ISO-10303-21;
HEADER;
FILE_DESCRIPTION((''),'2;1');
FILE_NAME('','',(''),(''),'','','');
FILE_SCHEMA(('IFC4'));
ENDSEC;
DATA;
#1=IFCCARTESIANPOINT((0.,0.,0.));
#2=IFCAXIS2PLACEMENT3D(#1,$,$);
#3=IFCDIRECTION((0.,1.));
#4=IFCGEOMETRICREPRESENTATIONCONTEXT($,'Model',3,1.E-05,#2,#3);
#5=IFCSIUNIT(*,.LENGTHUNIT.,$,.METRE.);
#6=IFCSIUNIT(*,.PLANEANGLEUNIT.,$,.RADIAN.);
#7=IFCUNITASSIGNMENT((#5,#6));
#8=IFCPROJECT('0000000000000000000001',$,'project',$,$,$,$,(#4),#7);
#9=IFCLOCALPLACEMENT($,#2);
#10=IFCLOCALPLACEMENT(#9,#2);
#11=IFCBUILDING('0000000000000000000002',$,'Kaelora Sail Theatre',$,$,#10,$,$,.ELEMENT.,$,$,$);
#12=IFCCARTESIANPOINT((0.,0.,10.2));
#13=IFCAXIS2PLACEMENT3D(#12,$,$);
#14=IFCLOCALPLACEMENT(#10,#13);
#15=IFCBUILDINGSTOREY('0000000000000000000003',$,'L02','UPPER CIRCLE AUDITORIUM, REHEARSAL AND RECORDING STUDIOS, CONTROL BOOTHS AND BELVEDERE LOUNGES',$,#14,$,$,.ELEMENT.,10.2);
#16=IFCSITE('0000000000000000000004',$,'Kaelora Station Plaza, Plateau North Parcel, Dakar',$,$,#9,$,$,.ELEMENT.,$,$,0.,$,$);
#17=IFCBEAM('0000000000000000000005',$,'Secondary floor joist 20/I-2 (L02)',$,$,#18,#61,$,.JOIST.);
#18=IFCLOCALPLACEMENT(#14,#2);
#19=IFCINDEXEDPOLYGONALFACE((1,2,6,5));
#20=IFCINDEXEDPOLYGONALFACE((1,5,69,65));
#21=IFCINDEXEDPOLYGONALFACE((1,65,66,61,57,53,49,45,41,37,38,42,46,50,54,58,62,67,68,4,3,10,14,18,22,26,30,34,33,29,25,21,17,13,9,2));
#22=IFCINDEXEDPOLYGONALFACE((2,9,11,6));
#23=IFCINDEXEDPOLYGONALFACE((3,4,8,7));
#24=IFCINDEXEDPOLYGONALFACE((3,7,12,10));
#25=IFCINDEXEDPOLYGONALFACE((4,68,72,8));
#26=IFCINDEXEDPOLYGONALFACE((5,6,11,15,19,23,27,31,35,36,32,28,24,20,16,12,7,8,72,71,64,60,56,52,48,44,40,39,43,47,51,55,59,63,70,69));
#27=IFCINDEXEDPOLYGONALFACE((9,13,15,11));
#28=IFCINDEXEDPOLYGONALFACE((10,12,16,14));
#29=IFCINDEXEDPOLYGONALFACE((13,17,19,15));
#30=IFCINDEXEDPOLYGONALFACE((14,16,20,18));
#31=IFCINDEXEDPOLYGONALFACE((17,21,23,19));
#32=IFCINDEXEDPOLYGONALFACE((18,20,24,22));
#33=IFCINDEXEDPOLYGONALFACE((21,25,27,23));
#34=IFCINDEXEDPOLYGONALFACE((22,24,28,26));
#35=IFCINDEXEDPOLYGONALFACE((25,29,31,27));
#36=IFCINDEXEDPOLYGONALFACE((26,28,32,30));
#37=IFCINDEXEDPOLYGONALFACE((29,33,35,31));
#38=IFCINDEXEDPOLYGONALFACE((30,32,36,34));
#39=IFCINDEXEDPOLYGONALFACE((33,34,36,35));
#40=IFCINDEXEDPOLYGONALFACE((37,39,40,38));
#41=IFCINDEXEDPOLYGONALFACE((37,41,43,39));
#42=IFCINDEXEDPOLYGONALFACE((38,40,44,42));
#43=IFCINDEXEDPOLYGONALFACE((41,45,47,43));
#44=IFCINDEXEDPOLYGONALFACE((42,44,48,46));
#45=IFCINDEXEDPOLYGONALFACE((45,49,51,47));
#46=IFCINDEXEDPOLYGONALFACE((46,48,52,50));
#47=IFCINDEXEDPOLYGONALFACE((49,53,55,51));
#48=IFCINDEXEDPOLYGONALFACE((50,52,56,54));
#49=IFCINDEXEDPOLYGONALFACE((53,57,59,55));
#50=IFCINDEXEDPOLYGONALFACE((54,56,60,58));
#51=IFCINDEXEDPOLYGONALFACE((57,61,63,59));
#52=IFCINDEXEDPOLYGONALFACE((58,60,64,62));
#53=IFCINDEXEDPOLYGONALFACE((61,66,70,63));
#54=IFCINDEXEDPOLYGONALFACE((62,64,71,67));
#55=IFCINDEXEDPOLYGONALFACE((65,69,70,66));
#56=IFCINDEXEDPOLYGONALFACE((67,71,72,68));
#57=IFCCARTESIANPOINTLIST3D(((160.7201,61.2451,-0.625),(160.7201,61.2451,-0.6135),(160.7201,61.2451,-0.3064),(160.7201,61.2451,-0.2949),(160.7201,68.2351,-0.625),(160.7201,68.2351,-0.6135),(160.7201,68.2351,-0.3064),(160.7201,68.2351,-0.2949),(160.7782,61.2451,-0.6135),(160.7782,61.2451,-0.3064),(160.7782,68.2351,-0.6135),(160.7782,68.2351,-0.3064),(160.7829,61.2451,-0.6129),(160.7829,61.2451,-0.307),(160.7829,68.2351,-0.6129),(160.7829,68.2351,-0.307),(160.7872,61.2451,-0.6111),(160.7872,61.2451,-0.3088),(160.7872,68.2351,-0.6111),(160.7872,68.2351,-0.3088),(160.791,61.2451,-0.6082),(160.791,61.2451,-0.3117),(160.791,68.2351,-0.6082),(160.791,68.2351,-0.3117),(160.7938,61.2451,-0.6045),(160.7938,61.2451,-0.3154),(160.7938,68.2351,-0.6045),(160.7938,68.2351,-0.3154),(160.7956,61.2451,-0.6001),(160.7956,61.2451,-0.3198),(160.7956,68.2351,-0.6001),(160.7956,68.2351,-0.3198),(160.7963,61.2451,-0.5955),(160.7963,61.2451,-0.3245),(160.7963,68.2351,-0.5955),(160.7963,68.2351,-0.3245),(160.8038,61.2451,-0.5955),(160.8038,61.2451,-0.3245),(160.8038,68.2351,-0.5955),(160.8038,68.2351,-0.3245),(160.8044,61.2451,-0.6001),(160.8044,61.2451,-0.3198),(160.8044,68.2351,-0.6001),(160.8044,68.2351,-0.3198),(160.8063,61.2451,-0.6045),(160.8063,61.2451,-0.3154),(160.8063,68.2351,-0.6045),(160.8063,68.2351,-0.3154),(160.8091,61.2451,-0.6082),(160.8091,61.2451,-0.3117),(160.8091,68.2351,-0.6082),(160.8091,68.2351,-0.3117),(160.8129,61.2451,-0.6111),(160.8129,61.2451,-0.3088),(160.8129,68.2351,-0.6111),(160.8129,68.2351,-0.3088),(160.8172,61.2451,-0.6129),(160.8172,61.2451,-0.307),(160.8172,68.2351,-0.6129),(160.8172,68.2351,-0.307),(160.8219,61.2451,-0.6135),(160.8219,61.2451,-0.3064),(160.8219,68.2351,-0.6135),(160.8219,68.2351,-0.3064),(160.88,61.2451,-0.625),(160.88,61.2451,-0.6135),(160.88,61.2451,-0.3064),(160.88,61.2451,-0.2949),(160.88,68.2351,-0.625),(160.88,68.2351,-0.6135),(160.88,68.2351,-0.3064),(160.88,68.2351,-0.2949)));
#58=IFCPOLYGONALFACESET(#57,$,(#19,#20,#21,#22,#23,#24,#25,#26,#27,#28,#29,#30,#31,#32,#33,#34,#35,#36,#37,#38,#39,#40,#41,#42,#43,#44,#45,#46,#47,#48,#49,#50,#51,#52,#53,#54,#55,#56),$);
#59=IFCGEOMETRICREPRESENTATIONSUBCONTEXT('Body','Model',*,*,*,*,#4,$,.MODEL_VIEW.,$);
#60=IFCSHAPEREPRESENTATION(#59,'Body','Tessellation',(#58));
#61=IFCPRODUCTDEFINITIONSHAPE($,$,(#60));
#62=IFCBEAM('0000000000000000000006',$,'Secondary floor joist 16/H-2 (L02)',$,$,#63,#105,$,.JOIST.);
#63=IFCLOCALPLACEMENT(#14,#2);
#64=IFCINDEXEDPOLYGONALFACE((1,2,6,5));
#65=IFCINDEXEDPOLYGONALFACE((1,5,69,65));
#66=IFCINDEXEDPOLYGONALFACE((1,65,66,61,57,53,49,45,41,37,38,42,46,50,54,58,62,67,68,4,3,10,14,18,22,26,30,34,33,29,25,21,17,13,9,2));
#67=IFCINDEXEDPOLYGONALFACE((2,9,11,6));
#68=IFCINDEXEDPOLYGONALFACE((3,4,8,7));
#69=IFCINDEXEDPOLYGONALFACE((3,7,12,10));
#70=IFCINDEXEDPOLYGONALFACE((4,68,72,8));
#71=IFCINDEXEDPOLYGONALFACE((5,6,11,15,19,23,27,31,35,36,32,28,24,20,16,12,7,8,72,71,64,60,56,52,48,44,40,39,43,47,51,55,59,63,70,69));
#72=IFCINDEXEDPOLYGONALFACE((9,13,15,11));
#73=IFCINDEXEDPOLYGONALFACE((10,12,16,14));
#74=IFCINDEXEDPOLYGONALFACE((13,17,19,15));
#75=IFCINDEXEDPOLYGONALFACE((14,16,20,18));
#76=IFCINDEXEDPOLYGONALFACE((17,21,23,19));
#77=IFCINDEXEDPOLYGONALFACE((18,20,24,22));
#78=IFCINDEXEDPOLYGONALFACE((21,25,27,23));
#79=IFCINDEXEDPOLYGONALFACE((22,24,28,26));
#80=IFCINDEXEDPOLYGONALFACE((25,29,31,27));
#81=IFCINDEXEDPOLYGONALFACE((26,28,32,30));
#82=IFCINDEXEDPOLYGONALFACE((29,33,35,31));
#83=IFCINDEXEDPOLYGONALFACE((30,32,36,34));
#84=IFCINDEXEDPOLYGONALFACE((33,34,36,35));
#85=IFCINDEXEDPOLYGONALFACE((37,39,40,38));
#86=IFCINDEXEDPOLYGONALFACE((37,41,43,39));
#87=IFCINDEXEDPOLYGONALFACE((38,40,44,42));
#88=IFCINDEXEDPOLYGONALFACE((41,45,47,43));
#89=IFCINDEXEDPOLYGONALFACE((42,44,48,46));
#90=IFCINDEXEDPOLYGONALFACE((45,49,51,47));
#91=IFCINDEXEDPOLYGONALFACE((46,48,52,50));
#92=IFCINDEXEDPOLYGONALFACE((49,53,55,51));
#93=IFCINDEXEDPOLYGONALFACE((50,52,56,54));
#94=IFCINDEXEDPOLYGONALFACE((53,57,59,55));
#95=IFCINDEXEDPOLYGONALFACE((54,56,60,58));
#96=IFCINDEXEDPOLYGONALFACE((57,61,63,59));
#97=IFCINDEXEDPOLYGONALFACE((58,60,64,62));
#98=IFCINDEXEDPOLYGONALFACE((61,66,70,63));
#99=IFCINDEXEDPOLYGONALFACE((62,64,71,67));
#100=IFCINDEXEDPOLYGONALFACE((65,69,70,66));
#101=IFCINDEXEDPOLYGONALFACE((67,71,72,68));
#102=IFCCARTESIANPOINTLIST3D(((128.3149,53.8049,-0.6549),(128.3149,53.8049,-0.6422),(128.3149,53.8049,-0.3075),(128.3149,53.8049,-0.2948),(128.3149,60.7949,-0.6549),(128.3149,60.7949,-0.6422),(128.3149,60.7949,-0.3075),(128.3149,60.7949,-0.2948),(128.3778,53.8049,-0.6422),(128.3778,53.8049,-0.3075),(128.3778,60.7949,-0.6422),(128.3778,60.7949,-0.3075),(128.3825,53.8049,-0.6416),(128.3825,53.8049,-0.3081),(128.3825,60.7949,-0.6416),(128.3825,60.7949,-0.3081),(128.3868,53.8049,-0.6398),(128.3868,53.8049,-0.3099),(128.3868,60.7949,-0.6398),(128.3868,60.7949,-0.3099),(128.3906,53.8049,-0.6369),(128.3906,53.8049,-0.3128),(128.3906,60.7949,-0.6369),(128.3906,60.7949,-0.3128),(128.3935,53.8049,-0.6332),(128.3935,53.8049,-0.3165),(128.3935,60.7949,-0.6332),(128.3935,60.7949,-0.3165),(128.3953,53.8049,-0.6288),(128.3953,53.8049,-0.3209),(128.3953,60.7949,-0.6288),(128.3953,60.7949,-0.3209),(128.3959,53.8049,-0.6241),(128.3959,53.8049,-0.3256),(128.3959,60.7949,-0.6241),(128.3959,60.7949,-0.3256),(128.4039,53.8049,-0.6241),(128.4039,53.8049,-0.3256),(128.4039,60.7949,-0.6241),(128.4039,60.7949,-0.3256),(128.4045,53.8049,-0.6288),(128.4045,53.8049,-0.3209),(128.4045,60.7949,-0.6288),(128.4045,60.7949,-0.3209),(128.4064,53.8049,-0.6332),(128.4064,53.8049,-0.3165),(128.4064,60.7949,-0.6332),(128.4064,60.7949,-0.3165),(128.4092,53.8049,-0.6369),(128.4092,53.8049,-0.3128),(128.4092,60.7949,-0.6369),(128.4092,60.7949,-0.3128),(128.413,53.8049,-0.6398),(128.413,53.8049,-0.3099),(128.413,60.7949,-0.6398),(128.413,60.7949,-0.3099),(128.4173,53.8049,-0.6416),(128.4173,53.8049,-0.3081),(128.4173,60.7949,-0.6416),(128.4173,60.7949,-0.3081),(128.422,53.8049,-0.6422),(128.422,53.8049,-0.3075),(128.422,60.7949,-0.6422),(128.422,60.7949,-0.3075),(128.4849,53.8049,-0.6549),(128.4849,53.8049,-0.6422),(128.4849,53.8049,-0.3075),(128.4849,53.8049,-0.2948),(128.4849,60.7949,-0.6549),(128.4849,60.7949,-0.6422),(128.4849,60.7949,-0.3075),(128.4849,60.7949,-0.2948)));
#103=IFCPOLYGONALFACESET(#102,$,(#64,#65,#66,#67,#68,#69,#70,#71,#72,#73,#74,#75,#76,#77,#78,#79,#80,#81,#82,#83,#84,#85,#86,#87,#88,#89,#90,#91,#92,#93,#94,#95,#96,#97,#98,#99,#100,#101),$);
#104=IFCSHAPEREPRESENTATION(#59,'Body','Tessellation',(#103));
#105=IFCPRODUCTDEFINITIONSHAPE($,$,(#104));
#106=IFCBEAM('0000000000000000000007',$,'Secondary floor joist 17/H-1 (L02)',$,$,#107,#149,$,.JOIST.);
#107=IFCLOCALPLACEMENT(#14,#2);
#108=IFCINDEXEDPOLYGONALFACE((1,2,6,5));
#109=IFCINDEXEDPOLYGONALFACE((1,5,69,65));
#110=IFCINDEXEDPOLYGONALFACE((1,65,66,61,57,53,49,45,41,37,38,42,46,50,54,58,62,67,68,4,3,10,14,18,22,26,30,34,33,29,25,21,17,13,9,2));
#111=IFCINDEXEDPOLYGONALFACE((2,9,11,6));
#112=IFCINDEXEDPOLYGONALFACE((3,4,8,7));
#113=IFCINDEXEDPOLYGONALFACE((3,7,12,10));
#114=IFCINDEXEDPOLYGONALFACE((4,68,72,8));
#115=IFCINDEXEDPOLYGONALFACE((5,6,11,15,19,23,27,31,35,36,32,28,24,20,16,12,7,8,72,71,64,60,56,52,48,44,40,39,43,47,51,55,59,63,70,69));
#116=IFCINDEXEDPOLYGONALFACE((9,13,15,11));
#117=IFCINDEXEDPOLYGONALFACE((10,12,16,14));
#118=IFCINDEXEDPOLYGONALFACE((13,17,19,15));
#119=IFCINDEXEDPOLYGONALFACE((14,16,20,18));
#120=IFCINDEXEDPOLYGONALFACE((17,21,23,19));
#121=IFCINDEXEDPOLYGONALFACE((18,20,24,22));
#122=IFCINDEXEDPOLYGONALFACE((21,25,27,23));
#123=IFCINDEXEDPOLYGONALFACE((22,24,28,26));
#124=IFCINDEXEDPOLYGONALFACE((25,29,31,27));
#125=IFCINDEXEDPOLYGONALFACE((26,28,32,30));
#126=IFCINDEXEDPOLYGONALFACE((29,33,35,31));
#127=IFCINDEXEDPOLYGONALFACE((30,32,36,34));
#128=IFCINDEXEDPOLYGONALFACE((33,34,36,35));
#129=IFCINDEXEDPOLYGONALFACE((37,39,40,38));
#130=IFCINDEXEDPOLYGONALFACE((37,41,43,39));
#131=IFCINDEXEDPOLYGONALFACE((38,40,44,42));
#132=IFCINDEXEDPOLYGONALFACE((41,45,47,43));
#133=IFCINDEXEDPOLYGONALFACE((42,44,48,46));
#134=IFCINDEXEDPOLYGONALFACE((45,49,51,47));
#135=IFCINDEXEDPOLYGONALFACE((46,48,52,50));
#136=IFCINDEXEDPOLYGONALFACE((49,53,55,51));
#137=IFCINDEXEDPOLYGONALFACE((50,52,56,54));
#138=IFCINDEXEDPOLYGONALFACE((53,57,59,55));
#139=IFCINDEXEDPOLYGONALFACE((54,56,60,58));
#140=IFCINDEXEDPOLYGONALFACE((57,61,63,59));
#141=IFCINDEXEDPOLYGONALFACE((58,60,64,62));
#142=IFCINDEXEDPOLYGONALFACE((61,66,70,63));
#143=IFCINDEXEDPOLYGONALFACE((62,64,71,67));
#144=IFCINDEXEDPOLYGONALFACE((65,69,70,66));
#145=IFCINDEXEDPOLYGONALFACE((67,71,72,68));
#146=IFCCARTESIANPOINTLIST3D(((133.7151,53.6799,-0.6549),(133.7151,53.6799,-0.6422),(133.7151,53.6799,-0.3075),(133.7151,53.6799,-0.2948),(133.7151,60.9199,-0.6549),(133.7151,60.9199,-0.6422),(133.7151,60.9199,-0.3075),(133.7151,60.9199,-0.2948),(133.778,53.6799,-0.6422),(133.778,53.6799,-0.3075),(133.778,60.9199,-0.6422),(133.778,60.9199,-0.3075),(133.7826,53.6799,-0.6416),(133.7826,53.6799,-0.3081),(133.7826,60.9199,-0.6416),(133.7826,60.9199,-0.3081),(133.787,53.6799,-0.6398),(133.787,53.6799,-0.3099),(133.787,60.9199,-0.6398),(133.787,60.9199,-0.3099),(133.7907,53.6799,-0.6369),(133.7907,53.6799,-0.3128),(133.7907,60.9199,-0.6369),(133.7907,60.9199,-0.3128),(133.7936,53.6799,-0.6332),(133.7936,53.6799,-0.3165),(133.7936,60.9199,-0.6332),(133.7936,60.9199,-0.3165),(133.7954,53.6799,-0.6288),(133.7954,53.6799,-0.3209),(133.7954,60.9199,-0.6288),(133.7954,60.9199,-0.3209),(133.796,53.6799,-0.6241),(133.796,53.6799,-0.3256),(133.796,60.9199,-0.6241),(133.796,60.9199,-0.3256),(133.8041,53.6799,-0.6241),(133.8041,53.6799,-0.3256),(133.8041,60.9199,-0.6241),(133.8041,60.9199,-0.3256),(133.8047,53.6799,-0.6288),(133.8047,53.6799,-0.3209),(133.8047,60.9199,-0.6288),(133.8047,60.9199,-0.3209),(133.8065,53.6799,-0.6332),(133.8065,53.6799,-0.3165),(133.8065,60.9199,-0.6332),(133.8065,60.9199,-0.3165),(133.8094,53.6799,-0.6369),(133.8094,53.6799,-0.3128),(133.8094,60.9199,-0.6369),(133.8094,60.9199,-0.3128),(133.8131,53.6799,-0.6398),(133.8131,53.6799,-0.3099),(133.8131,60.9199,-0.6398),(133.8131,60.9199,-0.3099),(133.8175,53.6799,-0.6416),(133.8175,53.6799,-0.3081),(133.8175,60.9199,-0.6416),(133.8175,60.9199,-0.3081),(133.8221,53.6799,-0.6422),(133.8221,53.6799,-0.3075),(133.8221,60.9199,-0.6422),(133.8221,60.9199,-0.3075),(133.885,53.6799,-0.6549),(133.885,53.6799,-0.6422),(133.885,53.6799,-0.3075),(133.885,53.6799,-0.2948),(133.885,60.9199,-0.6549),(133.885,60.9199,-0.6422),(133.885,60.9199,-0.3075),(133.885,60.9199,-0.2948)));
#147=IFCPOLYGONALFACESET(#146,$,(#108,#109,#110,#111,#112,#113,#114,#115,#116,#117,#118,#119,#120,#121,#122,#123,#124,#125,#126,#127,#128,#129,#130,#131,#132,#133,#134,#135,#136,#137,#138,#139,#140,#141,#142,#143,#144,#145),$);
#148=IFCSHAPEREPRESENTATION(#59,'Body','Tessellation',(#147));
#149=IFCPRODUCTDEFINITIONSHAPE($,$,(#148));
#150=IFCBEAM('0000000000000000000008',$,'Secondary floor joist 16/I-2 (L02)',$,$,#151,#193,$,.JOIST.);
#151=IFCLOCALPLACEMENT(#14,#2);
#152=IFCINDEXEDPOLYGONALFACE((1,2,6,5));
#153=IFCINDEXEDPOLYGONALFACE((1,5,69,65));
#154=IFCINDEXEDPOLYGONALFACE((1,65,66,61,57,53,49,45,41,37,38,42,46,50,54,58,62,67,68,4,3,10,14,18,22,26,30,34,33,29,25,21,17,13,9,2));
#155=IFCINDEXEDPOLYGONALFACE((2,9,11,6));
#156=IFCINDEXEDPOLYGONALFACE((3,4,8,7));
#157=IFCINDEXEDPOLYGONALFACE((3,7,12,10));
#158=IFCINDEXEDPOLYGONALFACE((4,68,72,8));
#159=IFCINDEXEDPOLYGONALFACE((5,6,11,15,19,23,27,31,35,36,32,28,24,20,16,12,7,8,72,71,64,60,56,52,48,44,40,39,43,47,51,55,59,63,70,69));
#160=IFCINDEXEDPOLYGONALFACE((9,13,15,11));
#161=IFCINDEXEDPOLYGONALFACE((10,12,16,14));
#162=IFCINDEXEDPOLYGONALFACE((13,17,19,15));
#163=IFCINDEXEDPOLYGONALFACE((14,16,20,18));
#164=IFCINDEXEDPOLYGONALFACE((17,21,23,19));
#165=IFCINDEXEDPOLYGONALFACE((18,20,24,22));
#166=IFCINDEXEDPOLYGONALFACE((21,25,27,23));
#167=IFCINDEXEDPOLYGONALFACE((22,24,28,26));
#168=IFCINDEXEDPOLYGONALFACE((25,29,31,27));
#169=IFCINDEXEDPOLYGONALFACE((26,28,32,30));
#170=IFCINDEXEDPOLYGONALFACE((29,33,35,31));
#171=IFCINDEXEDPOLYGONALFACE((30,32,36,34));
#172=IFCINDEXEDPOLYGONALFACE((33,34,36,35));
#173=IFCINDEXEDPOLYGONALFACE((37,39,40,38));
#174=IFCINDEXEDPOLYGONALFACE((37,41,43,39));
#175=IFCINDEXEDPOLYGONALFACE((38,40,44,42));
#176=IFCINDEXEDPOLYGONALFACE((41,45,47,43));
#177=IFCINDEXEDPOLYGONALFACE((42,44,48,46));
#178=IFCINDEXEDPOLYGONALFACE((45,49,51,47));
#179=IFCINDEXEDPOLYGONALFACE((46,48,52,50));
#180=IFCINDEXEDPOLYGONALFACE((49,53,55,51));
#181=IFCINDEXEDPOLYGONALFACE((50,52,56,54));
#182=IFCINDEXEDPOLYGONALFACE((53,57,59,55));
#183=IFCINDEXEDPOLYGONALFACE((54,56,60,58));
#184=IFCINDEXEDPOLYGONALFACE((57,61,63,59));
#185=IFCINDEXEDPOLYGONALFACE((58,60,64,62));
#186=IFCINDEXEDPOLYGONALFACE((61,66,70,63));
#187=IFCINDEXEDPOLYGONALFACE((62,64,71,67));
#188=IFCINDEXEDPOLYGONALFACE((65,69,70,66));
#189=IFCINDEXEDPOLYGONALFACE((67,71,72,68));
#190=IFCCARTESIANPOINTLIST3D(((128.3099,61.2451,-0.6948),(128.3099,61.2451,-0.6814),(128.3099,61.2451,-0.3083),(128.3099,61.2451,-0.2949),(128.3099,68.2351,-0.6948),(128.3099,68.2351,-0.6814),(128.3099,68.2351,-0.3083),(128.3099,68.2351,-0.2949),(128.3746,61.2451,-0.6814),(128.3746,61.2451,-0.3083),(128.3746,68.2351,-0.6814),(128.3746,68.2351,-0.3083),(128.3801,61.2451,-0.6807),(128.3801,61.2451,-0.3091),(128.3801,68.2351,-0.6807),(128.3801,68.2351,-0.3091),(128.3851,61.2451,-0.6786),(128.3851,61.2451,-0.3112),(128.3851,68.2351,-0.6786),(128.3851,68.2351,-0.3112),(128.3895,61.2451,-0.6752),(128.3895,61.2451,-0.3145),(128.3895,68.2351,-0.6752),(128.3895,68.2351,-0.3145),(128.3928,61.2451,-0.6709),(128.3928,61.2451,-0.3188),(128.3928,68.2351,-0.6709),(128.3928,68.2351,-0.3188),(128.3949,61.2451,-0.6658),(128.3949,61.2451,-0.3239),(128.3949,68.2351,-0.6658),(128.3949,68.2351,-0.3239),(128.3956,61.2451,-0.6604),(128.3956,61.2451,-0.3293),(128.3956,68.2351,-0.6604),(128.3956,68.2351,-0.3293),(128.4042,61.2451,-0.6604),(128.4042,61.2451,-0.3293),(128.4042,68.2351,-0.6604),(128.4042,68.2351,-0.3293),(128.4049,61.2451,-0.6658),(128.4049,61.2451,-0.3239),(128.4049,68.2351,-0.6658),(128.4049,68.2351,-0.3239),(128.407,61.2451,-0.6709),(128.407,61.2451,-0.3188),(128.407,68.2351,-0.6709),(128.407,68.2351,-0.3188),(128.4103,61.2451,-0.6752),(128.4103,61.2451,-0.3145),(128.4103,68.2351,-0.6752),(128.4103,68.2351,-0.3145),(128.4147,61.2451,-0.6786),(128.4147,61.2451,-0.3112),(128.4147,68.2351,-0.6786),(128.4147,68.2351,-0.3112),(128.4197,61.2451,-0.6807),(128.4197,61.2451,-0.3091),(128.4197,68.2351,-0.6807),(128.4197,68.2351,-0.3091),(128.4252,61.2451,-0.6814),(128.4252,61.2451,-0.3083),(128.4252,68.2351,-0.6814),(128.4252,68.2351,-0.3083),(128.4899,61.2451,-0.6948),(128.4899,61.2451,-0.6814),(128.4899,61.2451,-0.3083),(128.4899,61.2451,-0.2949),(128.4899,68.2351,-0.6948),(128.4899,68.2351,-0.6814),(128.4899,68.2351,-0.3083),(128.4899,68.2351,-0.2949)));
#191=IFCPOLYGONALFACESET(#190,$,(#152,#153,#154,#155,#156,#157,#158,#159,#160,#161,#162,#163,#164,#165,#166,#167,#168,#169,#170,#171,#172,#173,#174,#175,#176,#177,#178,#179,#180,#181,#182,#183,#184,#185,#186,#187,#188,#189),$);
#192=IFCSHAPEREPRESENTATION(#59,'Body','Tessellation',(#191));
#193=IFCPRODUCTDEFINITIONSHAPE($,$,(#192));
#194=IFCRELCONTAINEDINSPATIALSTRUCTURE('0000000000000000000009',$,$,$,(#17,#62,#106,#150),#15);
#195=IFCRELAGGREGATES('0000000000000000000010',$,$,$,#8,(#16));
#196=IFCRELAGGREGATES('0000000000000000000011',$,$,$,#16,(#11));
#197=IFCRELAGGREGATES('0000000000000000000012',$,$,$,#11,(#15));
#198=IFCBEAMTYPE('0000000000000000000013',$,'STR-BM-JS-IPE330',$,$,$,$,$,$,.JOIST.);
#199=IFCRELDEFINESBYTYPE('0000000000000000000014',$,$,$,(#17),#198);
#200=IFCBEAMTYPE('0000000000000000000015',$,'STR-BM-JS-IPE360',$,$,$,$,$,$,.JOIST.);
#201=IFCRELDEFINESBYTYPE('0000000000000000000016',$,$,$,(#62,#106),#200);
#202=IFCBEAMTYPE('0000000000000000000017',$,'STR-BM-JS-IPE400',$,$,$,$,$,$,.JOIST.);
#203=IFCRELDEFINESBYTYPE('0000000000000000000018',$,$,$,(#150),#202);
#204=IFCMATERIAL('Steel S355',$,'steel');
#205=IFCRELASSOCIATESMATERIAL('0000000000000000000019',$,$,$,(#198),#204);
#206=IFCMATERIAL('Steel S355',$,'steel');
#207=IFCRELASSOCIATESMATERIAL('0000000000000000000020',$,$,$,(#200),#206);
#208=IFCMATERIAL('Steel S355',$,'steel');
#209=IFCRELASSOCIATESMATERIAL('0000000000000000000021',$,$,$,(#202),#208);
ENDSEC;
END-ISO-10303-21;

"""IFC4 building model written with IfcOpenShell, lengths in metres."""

from ifc_helpers import new_model, si_unit, direction, frame, origin, origin_2d, place, context, subcontext, project, spatial, i_section, extrude, material, material_profile, profile_set, type_object, element, save


model = new_model("IFC4")

# Units and contexts
model_context = context("Model", 3, precision=1e-05, world=origin(), true_north=direction((0.0, 1.0)))
body_context = subcontext(model_context, "Body", "Model", "MODEL_VIEW")
ifc_project = project(units=[si_unit("LENGTHUNIT", "METRE"), si_unit("PLANEANGLEUNIT", "RADIAN")], contexts=[model_context])

# Site, building, storey
site_placement = place(None, origin())
site = spatial("IfcSite", under=ifc_project, at=site_placement, Name="Kaelora Station Plaza, Plateau North Parcel, Dakar", CompositionType="ELEMENT", RefElevation=0.0)
building_placement = place(site_placement, origin())
building = spatial("IfcBuilding", under=site, at=building_placement, Name="Kaelora Sail Theatre", CompositionType="ELEMENT")
storey_placement = place(building_placement, frame((0.0, 0.0, 10.2)))
storey = spatial("IfcBuildingStorey", under=building, at=storey_placement, Name="L02", Description="UPPER CIRCLE AUDITORIUM, REHEARSAL AND RECORDING STUDIOS, CONTROL BOOTHS AND BELVEDERE LOUNGES", CompositionType="ELEMENT", Elevation=10.2)

# Beams
ifc_material_1 = material(Name="Steel S355", Category="steel")
ifc_material_profile_1 = material_profile(ifc_material_1, i_section(OverallWidth=0.1599, OverallDepth=0.3301, WebThickness=0.0076, FlangeThickness=0.0115, FilletRadius=0.0181, at=origin_2d()), Name="IPE 330")
ifc_profile_set_1 = profile_set([ifc_material_profile_1], Name="Steel S355")
beam_type_1 = type_object("IfcBeamType", Name="STR-BM-JS-IPE330", PredefinedType="JOIST", material=ifc_profile_set_1)
beam_1_placement = place(storey_placement, frame((160.8, 61.2451, -0.46), z_axis=(0.0, 1.0, 0.0), x_axis=(-1.0, 0.0, 0.0)))
element("IfcBeam", 1, at=beam_1_placement, inside=storey, type_object=beam_type_1, Name="Secondary floor joist 20/I-2 (L02)", PredefinedType="JOIST", context=body_context, shape_type="SweptSolid", body=[
    extrude(i_section(OverallWidth=0.1599, OverallDepth=0.3301, WebThickness=0.0076, FlangeThickness=0.0115, FilletRadius=0.0181, at=origin_2d()), origin(), (0.0, 0.0, 1.0), 6.99),
])
ifc_material_2 = material(Name="Steel S355", Category="steel")
ifc_material_profile_2 = material_profile(ifc_material_2, i_section(OverallWidth=0.1699, OverallDepth=0.3601, WebThickness=0.0081, FlangeThickness=0.0127, FilletRadius=0.0181, at=origin_2d()), Name="IPE 360")
ifc_profile_set_2 = profile_set([ifc_material_profile_2], Name="Steel S355")
beam_type_2 = type_object("IfcBeamType", Name="STR-BM-JS-IPE360", PredefinedType="JOIST", material=ifc_profile_set_2)
beam_2_placement = place(storey_placement, frame((128.3999, 53.8049, -0.4749), z_axis=(0.0, 1.0, 0.0), x_axis=(-1.0, 0.0, 0.0)))
element("IfcBeam", 2, at=beam_2_placement, inside=storey, type_object=beam_type_2, Name="Secondary floor joist 16/H-2 (L02)", PredefinedType="JOIST", context=body_context, shape_type="SweptSolid", body=[
    extrude(i_section(OverallWidth=0.1699, OverallDepth=0.3601, WebThickness=0.0081, FlangeThickness=0.0127, FilletRadius=0.0181, at=origin_2d()), origin(), (0.0, 0.0, 1.0), 6.99),
])
beam_3_placement = place(storey_placement, frame((133.8, 53.6799, -0.4749), z_axis=(0.0, 1.0, 0.0), x_axis=(-1.0, 0.0, 0.0)))
element("IfcBeam", 3, at=beam_3_placement, inside=storey, type_object=beam_type_2, Name="Secondary floor joist 17/H-1 (L02)", PredefinedType="JOIST", context=body_context, shape_type="SweptSolid", body=[
    extrude(i_section(OverallWidth=0.1699, OverallDepth=0.3601, WebThickness=0.0081, FlangeThickness=0.0127, FilletRadius=0.0181, at=origin_2d()), origin(), (0.0, 0.0, 1.0), 7.24),
])
ifc_material_3 = material(Name="Steel S355", Category="steel")
ifc_material_profile_3 = material_profile(ifc_material_3, i_section(OverallWidth=0.1799, OverallDepth=0.3999, WebThickness=0.0085, FlangeThickness=0.0134, FilletRadius=0.021, at=origin_2d()), Name="IPE 400")
ifc_profile_set_3 = profile_set([ifc_material_profile_3], Name="Steel S355")
beam_type_3 = type_object("IfcBeamType", Name="STR-BM-JS-IPE400", PredefinedType="JOIST", material=ifc_profile_set_3)
beam_4_placement = place(storey_placement, frame((128.3999, 61.2451, -0.4949), z_axis=(0.0, 1.0, 0.0), x_axis=(-1.0, 0.0, 0.0)))
element("IfcBeam", 4, at=beam_4_placement, inside=storey, type_object=beam_type_3, Name="Secondary floor joist 16/I-2 (L02)", PredefinedType="JOIST", context=body_context, shape_type="SweptSolid", body=[
    extrude(i_section(OverallWidth=0.1799, OverallDepth=0.3999, WebThickness=0.0085, FlangeThickness=0.0134, FilletRadius=0.021, at=origin_2d()), origin(), (0.0, 0.0, 1.0), 6.99),
])

save(model, "model.ifc")
